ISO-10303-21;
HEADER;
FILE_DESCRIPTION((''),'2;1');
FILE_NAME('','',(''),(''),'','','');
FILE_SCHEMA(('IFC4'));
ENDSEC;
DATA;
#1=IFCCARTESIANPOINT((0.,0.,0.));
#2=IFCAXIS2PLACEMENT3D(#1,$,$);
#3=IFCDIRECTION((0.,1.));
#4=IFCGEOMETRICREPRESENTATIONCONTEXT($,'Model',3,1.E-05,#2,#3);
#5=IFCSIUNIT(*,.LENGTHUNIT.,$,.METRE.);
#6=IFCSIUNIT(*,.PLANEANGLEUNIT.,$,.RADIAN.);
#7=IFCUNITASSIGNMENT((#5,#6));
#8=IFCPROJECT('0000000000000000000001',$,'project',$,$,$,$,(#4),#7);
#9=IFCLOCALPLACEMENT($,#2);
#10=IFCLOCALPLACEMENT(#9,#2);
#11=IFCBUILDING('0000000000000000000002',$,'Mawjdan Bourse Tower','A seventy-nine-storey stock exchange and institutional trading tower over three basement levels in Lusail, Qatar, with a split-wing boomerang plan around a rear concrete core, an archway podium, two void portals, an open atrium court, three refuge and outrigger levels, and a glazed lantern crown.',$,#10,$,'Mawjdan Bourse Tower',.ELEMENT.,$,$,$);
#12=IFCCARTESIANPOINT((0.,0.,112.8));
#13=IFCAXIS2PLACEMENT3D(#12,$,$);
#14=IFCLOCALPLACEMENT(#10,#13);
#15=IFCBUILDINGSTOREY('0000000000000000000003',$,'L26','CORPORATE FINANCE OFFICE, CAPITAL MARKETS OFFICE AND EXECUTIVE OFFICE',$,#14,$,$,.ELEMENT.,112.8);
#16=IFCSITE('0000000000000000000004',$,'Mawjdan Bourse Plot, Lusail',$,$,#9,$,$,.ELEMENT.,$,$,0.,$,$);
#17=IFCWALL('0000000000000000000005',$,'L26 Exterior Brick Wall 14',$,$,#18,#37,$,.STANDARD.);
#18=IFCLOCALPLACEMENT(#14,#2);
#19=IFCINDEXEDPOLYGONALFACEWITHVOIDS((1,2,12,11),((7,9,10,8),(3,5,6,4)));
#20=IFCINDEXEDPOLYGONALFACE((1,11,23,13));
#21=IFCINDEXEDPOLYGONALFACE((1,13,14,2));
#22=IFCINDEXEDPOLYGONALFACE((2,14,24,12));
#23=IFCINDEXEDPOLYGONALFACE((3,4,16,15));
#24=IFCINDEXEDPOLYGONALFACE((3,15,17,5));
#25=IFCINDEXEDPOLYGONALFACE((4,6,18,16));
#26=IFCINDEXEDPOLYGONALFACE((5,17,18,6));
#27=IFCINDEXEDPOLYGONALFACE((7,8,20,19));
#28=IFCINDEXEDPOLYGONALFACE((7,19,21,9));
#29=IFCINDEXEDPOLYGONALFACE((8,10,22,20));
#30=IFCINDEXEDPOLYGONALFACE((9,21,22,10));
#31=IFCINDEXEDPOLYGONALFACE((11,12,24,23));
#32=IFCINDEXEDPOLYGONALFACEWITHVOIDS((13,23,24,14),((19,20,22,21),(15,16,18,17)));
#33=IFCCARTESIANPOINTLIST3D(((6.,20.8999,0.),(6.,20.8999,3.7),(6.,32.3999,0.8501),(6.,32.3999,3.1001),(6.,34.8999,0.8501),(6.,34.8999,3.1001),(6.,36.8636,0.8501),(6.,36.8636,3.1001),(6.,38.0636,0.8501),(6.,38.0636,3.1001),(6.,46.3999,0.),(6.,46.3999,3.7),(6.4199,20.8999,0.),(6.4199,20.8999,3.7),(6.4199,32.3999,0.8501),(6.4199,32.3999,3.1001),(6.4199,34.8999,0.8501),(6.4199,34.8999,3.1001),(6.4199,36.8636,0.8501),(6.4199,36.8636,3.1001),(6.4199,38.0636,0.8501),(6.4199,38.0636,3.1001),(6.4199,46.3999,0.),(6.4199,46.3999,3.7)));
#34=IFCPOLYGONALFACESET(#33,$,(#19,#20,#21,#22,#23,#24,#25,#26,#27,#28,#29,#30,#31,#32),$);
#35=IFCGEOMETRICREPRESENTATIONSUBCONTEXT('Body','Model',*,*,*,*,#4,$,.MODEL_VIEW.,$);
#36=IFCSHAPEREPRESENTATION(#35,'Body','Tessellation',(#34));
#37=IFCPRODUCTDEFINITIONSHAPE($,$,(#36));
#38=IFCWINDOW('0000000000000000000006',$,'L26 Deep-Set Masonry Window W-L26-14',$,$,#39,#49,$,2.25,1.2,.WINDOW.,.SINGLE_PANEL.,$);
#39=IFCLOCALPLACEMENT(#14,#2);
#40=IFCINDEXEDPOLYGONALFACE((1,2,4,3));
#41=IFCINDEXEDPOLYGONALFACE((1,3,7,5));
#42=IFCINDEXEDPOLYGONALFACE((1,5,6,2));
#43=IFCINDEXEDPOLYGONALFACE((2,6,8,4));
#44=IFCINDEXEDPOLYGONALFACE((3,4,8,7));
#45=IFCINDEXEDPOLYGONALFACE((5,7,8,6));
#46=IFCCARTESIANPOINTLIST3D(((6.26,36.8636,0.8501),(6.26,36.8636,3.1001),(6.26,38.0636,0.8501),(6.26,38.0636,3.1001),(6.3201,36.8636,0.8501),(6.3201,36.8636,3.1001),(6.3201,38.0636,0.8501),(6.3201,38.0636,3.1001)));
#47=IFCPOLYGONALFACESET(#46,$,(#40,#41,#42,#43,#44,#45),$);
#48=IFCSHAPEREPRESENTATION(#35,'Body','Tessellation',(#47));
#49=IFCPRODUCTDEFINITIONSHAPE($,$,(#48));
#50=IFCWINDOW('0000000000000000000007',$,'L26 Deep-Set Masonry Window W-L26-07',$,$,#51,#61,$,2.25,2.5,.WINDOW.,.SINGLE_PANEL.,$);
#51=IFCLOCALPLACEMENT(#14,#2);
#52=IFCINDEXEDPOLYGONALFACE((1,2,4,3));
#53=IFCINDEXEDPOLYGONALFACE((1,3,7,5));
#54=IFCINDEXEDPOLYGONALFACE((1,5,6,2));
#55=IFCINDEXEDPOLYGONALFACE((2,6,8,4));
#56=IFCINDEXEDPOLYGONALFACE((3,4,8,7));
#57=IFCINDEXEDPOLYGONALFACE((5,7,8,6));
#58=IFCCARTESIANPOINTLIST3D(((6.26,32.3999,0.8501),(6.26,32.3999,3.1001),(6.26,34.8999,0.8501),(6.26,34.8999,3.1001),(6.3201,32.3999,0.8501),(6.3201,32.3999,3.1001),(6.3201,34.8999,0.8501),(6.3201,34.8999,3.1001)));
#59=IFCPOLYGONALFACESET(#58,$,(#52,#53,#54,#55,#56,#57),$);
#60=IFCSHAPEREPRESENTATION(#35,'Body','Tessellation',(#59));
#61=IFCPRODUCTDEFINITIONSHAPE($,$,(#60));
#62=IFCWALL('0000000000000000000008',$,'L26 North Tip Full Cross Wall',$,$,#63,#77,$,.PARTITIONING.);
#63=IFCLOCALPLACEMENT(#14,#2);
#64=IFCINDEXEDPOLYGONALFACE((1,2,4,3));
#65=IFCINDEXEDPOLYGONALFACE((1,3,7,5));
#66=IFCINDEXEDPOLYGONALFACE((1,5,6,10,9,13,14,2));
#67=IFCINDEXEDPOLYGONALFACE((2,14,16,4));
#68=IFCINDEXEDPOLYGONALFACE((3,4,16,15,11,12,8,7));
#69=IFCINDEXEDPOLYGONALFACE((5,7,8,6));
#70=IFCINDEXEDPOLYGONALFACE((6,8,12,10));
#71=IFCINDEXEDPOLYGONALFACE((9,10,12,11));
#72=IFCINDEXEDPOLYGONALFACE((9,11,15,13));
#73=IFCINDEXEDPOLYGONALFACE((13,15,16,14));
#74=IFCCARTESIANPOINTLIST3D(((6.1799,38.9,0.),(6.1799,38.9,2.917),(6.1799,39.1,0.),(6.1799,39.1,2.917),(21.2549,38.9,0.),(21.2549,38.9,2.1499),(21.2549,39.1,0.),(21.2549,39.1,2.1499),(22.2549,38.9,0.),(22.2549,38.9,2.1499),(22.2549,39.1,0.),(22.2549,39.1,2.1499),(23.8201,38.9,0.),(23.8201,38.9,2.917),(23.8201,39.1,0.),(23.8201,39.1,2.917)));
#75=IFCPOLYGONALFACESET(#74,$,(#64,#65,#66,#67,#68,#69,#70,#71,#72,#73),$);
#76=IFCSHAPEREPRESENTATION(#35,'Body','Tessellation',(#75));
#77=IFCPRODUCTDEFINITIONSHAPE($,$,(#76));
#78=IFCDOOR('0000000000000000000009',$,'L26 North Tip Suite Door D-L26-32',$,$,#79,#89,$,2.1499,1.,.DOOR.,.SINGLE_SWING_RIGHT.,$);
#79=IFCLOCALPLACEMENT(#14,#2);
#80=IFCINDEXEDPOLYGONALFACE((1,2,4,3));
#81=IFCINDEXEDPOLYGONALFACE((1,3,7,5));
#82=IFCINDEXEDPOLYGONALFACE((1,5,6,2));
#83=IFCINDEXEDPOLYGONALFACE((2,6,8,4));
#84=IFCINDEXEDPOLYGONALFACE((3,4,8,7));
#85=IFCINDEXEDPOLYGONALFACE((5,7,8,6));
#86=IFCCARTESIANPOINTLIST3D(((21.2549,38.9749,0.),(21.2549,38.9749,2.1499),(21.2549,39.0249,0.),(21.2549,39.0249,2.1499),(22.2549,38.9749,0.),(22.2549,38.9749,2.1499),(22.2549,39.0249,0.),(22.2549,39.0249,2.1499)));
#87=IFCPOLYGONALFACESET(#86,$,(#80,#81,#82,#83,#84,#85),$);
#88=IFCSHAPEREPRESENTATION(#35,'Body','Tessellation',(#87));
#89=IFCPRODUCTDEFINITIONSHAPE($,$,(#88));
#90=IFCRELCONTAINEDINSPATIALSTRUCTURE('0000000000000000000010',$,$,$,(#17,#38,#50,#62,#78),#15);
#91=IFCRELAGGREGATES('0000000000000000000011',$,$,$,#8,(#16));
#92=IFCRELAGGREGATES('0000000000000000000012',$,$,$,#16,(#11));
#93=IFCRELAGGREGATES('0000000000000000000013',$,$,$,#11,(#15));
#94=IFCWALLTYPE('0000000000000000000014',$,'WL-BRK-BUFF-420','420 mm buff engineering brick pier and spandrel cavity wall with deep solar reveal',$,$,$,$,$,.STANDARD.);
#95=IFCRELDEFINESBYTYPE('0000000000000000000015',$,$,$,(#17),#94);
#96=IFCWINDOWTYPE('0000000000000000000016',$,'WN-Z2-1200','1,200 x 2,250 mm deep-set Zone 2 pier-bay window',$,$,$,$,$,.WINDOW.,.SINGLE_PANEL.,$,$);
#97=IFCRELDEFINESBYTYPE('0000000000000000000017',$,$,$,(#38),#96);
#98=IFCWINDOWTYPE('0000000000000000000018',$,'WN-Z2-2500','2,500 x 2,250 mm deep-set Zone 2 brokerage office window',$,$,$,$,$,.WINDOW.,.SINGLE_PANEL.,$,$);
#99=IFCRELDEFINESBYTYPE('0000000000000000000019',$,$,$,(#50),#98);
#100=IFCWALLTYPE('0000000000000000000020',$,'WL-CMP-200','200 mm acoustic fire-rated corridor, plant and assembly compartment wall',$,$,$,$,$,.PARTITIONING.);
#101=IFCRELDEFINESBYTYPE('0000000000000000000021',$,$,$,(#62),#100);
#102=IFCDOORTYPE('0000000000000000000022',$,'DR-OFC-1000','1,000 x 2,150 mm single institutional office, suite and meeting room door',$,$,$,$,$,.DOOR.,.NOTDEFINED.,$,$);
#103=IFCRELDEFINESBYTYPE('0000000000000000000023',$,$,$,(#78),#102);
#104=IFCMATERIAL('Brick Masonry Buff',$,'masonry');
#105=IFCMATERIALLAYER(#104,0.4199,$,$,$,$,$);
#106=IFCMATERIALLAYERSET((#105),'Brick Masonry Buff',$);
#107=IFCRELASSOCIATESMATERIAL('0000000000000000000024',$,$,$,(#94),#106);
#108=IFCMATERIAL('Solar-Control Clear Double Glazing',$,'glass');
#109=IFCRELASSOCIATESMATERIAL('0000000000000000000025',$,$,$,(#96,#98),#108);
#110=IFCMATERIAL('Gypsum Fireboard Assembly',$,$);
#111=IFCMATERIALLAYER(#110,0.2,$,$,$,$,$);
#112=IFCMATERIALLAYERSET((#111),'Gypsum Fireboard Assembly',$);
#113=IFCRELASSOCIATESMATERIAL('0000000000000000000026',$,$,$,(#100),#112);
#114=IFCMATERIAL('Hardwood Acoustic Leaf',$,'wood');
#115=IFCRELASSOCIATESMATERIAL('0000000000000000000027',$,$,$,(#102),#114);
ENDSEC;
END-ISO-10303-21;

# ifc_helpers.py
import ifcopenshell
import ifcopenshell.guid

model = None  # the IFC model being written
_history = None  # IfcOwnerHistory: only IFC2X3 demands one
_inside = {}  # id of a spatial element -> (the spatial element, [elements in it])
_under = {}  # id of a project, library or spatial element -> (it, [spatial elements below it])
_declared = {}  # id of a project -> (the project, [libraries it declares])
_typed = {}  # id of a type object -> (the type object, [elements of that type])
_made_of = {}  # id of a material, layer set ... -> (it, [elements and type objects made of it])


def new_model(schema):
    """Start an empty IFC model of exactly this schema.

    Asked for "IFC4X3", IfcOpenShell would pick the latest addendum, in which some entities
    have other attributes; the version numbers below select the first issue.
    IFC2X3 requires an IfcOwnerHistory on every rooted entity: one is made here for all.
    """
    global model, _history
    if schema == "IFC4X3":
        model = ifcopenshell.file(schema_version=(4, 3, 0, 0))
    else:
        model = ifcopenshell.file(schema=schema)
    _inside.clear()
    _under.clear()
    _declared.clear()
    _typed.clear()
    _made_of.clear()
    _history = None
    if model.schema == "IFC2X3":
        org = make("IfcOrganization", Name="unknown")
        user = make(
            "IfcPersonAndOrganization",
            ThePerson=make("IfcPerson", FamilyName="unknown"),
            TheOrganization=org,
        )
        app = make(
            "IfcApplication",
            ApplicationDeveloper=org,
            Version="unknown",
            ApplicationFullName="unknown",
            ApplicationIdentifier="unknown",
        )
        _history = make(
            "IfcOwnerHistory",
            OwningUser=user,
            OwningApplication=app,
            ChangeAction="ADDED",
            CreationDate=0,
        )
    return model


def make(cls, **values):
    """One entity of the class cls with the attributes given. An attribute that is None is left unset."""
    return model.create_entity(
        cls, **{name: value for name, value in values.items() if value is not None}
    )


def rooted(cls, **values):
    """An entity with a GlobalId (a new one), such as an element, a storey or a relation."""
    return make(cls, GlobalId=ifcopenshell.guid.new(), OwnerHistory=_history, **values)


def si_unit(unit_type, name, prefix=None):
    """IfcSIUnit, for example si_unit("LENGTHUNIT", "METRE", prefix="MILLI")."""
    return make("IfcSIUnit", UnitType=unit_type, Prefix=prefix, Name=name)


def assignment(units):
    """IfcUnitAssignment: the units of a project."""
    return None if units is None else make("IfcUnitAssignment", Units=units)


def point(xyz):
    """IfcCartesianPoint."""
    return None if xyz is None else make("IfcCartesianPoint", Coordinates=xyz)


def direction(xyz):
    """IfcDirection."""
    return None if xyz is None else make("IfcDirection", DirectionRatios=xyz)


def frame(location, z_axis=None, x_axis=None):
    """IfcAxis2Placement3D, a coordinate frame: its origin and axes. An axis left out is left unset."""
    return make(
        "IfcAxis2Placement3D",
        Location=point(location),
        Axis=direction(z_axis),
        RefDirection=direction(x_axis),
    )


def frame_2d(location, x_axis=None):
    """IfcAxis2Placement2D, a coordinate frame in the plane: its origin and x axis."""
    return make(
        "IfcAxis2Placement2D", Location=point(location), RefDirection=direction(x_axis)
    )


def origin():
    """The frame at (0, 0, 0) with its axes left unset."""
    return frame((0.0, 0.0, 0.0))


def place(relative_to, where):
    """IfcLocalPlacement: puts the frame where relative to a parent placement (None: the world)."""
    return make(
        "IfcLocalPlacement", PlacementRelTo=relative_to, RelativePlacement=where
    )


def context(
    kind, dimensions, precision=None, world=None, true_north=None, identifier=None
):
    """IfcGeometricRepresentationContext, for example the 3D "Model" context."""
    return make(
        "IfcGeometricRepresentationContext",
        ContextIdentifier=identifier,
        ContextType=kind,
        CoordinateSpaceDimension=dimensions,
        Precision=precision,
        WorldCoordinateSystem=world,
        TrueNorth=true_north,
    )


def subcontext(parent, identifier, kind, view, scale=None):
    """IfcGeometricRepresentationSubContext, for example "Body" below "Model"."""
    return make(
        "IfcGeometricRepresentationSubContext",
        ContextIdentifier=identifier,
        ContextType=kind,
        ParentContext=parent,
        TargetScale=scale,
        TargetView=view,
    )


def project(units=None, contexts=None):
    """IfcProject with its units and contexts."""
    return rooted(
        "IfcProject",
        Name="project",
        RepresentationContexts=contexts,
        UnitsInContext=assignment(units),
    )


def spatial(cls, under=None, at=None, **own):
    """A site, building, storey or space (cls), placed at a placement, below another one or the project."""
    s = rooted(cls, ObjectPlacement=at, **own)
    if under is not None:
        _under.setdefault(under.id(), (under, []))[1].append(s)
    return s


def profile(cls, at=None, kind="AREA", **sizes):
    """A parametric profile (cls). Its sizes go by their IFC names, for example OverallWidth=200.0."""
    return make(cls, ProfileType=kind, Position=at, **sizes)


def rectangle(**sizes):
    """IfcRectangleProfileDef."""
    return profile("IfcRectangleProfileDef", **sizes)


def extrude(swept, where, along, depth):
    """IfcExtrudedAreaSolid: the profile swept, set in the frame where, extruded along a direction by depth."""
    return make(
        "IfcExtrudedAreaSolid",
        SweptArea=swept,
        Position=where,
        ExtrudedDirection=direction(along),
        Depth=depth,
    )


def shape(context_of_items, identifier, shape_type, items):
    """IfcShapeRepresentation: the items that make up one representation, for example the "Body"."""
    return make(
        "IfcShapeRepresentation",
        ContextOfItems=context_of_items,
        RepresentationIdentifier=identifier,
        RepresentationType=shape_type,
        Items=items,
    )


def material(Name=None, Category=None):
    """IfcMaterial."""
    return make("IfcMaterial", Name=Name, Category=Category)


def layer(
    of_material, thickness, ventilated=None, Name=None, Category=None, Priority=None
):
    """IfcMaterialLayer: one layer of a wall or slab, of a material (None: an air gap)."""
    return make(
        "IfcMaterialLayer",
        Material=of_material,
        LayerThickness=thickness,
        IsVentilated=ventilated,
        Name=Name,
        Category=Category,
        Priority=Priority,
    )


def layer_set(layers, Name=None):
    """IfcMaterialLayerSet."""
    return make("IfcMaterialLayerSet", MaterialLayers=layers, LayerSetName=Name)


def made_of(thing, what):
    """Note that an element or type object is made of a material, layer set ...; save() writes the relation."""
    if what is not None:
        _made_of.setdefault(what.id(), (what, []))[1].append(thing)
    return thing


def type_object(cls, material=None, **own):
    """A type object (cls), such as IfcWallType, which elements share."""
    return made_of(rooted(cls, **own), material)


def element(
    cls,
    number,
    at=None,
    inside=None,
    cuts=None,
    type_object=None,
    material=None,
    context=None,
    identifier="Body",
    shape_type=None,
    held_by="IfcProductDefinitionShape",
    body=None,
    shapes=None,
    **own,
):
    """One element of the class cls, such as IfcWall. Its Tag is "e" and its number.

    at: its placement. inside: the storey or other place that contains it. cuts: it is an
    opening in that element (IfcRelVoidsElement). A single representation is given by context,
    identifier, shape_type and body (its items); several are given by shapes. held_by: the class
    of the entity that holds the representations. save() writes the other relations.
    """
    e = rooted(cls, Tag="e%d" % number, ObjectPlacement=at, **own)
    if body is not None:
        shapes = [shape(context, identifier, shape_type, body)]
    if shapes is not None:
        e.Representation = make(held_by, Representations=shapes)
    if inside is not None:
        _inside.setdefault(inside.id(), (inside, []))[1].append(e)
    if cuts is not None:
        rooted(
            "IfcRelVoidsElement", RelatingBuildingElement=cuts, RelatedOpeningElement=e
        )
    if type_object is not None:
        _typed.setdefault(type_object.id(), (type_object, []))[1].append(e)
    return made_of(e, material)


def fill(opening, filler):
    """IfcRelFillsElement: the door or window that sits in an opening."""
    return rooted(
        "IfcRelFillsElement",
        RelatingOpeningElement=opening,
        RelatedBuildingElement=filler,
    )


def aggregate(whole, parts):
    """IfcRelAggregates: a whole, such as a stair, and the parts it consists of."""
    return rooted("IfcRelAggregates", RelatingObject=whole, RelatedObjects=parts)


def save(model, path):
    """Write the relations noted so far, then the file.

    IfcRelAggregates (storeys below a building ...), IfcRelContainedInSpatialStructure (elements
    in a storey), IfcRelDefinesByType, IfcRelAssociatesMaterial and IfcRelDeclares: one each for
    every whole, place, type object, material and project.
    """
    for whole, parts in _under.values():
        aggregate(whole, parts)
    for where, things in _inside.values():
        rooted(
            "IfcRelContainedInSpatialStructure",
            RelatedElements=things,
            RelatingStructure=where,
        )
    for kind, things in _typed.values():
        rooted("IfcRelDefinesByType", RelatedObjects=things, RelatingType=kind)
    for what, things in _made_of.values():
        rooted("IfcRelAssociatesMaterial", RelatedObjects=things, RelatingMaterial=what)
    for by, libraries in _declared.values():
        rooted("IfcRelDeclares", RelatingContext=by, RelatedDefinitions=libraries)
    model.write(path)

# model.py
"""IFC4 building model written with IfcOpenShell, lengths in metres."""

from ifc_helpers import new_model, si_unit, direction, frame, frame_2d, origin, place, context, subcontext, project, spatial, rectangle, extrude, material, layer, layer_set, type_object, element, fill, save


model = new_model("IFC4")

# Units and contexts
model_context = context("Model", 3, precision=1e-05, world=origin(), true_north=direction((0.0, 1.0)))
body_context = subcontext(model_context, "Body", "Model", "MODEL_VIEW")
ifc_project = project(units=[si_unit("LENGTHUNIT", "METRE"), si_unit("PLANEANGLEUNIT", "RADIAN")], contexts=[model_context])

# Site, building, storey
site_placement = place(None, origin())
site = spatial("IfcSite", under=ifc_project, at=site_placement, Name="Mawjdan Bourse Plot, Lusail", CompositionType="ELEMENT", RefElevation=0.0)
building_placement = place(site_placement, origin())
building = spatial("IfcBuilding", under=site, at=building_placement, Name="Mawjdan Bourse Tower", Description="A seventy-nine-storey stock exchange and institutional trading tower over three basement levels in Lusail, Qatar, with a split-wing boomerang plan around a rear concrete core, an archway podium, two void portals, an open atrium court, three refuge and outrigger levels, and a glazed lantern crown.", LongName="Mawjdan Bourse Tower", CompositionType="ELEMENT")
storey_placement = place(building_placement, frame((0.0, 0.0, 112.8)))
storey = spatial("IfcBuildingStorey", under=building, at=storey_placement, Name="L26", Description="CORPORATE FINANCE OFFICE, CAPITAL MARKETS OFFICE AND EXECUTIVE OFFICE", CompositionType="ELEMENT", Elevation=112.8)

# Shared definitions
ifc_material_1 = material(Name="Brick Masonry Buff", Category="masonry")
ifc_layer_1 = layer(ifc_material_1, 0.4199)
ifc_layer_set_1 = layer_set([ifc_layer_1], Name="Brick Masonry Buff")
wall_type_1 = type_object("IfcWallType", Name="WL-BRK-BUFF-420", Description="420 mm buff engineering brick pier and spandrel cavity wall with deep solar reveal", PredefinedType="STANDARD", material=ifc_layer_set_1)

# Wall, openings, windows
wall_1_placement = place(storey_placement, frame((6.21, 46.3999, 0.0), z_axis=(0.0, 0.0, 1.0), x_axis=(0.0, -1.0, 0.0)))
wall_1 = element("IfcWall", 1, at=wall_1_placement, inside=storey, type_object=wall_type_1, Name="L26 Exterior Brick Wall 14", PredefinedType="STANDARD", context=body_context, shape_type="SweptSolid", body=[
    extrude(rectangle(XDim=25.5, YDim=0.4199, at=frame_2d((12.75, 0.0))), origin(), (0.0, 0.0, 1.0), 3.7),
])
opening_1_placement = place(wall_1_placement, frame((11.5, 0.0, 0.8501)))
opening_1 = element("IfcOpeningElement", 2, at=opening_1_placement, cuts=wall_1, PredefinedType="OPENING", context=body_context, shape_type="SweptSolid", body=[
    extrude(rectangle(XDim=2.5, YDim=2.25, at=frame_2d((1.25, 1.125))), frame((0.0, 0.22, 0.0), z_axis=(0.0, -1.0, 0.0), x_axis=(1.0, 0.0, 0.0)), (0.0, 0.0, 1.0), 0.4399),
])
opening_2_placement = place(wall_1_placement, frame((8.3362, 0.0, 0.8501)))
opening_2 = element("IfcOpeningElement", 3, at=opening_2_placement, cuts=wall_1, PredefinedType="OPENING", context=body_context, shape_type="SweptSolid", body=[
    extrude(rectangle(XDim=1.2, YDim=2.25, at=frame_2d((0.6001, 1.125))), frame((0.0, 0.22, 0.0), z_axis=(0.0, -1.0, 0.0), x_axis=(1.0, 0.0, 0.0)), (0.0, 0.0, 1.0), 0.4399),
])
ifc_material_2 = material(Name="Solar-Control Clear Double Glazing", Category="glass")
window_type_1 = type_object("IfcWindowType", Name="WN-Z2-1200", Description="1,200 x 2,250 mm deep-set Zone 2 pier-bay window", PartitioningType="SINGLE_PANEL", PredefinedType="WINDOW", material=ifc_material_2)
window_1_placement = place(opening_2_placement, origin())
window_1 = element("IfcWindow", 4, at=window_1_placement, inside=storey, type_object=window_type_1, Name="L26 Deep-Set Masonry Window W-L26-14", OverallHeight=2.25, OverallWidth=1.2, PartitioningType="SINGLE_PANEL", PredefinedType="WINDOW", context=body_context, shape_type="SweptSolid", body=[
    extrude(rectangle(XDim=1.2, YDim=2.25, at=frame_2d((0.6001, 1.125))), frame((0.0, 0.1101, 0.0), z_axis=(0.0, -1.0, 0.0), x_axis=(1.0, 0.0, 0.0)), (0.0, 0.0, 1.0), 0.0601),
])
fill(opening_2, window_1)
window_type_2 = type_object("IfcWindowType", Name="WN-Z2-2500", Description="2,500 x 2,250 mm deep-set Zone 2 brokerage office window", PartitioningType="SINGLE_PANEL", PredefinedType="WINDOW", material=ifc_material_2)
window_2_placement = place(opening_1_placement, origin())
window_2 = element("IfcWindow", 5, at=window_2_placement, inside=storey, type_object=window_type_2, Name="L26 Deep-Set Masonry Window W-L26-07", OverallHeight=2.25, OverallWidth=2.5, PartitioningType="SINGLE_PANEL", PredefinedType="WINDOW", context=body_context, shape_type="SweptSolid", body=[
    extrude(rectangle(XDim=2.5, YDim=2.25, at=frame_2d((1.25, 1.125))), frame((0.0, 0.1101, 0.0), z_axis=(0.0, -1.0, 0.0), x_axis=(1.0, 0.0, 0.0)), (0.0, 0.0, 1.0), 0.0601),
])
fill(opening_1, window_2)

# Wall, opening, door
ifc_material_3 = material(Name="Gypsum Fireboard Assembly")
ifc_layer_2 = layer(ifc_material_3, 0.2)
ifc_layer_set_2 = layer_set([ifc_layer_2], Name="Gypsum Fireboard Assembly")
wall_type_2 = type_object("IfcWallType", Name="WL-CMP-200", Description="200 mm acoustic fire-rated corridor, plant and assembly compartment wall", PredefinedType="PARTITIONING", material=ifc_layer_set_2)
wall_2_placement = place(storey_placement, frame((6.1799, 39.0, 0.0), z_axis=(0.0, 0.0, 1.0), x_axis=(1.0, 0.0, 0.0)))
wall_2 = element("IfcWall", 6, at=wall_2_placement, inside=storey, type_object=wall_type_2, Name="L26 North Tip Full Cross Wall", PredefinedType="PARTITIONING", context=body_context, shape_type="SweptSolid", body=[
    extrude(rectangle(XDim=17.6401, YDim=0.2, at=frame_2d((8.8201, 0.0))), origin(), (0.0, 0.0, 1.0), 2.917),
])
opening_3_placement = place(wall_2_placement, frame((15.075, 0.0, 0.0)))
opening_3 = element("IfcOpeningElement", 7, at=opening_3_placement, cuts=wall_2, PredefinedType="OPENING", context=body_context, shape_type="SweptSolid", body=[
    extrude(rectangle(XDim=1.0, YDim=2.1499, at=frame_2d((0.5, 1.075))), frame((0.0, 0.1099, 0.0), z_axis=(0.0, -1.0, 0.0), x_axis=(1.0, 0.0, 0.0)), (0.0, 0.0, 1.0), 0.22),
])
ifc_material_4 = material(Name="Hardwood Acoustic Leaf", Category="wood")
door_type = type_object("IfcDoorType", Name="DR-OFC-1000", Description="1,000 x 2,150 mm single institutional office, suite and meeting room door", OperationType="NOTDEFINED", PredefinedType="DOOR", material=ifc_material_4)
door_placement = place(opening_3_placement, origin())
door = element("IfcDoor", 8, at=door_placement, inside=storey, type_object=door_type, Name="L26 North Tip Suite Door D-L26-32", OperationType="SINGLE_SWING_RIGHT", OverallHeight=2.1499, OverallWidth=1.0, PredefinedType="DOOR", context=body_context, shape_type="SweptSolid", body=[
    extrude(rectangle(XDim=1.0, YDim=2.1499, at=frame_2d((0.5, 1.075))), frame((0.0, 0.0249, 0.0), z_axis=(0.0, -1.0, 0.0), x_axis=(1.0, 0.0, 0.0)), (0.0, 0.0, 1.0), 0.05),
])
fill(opening_3, door)

save(model, "model.ifc")
